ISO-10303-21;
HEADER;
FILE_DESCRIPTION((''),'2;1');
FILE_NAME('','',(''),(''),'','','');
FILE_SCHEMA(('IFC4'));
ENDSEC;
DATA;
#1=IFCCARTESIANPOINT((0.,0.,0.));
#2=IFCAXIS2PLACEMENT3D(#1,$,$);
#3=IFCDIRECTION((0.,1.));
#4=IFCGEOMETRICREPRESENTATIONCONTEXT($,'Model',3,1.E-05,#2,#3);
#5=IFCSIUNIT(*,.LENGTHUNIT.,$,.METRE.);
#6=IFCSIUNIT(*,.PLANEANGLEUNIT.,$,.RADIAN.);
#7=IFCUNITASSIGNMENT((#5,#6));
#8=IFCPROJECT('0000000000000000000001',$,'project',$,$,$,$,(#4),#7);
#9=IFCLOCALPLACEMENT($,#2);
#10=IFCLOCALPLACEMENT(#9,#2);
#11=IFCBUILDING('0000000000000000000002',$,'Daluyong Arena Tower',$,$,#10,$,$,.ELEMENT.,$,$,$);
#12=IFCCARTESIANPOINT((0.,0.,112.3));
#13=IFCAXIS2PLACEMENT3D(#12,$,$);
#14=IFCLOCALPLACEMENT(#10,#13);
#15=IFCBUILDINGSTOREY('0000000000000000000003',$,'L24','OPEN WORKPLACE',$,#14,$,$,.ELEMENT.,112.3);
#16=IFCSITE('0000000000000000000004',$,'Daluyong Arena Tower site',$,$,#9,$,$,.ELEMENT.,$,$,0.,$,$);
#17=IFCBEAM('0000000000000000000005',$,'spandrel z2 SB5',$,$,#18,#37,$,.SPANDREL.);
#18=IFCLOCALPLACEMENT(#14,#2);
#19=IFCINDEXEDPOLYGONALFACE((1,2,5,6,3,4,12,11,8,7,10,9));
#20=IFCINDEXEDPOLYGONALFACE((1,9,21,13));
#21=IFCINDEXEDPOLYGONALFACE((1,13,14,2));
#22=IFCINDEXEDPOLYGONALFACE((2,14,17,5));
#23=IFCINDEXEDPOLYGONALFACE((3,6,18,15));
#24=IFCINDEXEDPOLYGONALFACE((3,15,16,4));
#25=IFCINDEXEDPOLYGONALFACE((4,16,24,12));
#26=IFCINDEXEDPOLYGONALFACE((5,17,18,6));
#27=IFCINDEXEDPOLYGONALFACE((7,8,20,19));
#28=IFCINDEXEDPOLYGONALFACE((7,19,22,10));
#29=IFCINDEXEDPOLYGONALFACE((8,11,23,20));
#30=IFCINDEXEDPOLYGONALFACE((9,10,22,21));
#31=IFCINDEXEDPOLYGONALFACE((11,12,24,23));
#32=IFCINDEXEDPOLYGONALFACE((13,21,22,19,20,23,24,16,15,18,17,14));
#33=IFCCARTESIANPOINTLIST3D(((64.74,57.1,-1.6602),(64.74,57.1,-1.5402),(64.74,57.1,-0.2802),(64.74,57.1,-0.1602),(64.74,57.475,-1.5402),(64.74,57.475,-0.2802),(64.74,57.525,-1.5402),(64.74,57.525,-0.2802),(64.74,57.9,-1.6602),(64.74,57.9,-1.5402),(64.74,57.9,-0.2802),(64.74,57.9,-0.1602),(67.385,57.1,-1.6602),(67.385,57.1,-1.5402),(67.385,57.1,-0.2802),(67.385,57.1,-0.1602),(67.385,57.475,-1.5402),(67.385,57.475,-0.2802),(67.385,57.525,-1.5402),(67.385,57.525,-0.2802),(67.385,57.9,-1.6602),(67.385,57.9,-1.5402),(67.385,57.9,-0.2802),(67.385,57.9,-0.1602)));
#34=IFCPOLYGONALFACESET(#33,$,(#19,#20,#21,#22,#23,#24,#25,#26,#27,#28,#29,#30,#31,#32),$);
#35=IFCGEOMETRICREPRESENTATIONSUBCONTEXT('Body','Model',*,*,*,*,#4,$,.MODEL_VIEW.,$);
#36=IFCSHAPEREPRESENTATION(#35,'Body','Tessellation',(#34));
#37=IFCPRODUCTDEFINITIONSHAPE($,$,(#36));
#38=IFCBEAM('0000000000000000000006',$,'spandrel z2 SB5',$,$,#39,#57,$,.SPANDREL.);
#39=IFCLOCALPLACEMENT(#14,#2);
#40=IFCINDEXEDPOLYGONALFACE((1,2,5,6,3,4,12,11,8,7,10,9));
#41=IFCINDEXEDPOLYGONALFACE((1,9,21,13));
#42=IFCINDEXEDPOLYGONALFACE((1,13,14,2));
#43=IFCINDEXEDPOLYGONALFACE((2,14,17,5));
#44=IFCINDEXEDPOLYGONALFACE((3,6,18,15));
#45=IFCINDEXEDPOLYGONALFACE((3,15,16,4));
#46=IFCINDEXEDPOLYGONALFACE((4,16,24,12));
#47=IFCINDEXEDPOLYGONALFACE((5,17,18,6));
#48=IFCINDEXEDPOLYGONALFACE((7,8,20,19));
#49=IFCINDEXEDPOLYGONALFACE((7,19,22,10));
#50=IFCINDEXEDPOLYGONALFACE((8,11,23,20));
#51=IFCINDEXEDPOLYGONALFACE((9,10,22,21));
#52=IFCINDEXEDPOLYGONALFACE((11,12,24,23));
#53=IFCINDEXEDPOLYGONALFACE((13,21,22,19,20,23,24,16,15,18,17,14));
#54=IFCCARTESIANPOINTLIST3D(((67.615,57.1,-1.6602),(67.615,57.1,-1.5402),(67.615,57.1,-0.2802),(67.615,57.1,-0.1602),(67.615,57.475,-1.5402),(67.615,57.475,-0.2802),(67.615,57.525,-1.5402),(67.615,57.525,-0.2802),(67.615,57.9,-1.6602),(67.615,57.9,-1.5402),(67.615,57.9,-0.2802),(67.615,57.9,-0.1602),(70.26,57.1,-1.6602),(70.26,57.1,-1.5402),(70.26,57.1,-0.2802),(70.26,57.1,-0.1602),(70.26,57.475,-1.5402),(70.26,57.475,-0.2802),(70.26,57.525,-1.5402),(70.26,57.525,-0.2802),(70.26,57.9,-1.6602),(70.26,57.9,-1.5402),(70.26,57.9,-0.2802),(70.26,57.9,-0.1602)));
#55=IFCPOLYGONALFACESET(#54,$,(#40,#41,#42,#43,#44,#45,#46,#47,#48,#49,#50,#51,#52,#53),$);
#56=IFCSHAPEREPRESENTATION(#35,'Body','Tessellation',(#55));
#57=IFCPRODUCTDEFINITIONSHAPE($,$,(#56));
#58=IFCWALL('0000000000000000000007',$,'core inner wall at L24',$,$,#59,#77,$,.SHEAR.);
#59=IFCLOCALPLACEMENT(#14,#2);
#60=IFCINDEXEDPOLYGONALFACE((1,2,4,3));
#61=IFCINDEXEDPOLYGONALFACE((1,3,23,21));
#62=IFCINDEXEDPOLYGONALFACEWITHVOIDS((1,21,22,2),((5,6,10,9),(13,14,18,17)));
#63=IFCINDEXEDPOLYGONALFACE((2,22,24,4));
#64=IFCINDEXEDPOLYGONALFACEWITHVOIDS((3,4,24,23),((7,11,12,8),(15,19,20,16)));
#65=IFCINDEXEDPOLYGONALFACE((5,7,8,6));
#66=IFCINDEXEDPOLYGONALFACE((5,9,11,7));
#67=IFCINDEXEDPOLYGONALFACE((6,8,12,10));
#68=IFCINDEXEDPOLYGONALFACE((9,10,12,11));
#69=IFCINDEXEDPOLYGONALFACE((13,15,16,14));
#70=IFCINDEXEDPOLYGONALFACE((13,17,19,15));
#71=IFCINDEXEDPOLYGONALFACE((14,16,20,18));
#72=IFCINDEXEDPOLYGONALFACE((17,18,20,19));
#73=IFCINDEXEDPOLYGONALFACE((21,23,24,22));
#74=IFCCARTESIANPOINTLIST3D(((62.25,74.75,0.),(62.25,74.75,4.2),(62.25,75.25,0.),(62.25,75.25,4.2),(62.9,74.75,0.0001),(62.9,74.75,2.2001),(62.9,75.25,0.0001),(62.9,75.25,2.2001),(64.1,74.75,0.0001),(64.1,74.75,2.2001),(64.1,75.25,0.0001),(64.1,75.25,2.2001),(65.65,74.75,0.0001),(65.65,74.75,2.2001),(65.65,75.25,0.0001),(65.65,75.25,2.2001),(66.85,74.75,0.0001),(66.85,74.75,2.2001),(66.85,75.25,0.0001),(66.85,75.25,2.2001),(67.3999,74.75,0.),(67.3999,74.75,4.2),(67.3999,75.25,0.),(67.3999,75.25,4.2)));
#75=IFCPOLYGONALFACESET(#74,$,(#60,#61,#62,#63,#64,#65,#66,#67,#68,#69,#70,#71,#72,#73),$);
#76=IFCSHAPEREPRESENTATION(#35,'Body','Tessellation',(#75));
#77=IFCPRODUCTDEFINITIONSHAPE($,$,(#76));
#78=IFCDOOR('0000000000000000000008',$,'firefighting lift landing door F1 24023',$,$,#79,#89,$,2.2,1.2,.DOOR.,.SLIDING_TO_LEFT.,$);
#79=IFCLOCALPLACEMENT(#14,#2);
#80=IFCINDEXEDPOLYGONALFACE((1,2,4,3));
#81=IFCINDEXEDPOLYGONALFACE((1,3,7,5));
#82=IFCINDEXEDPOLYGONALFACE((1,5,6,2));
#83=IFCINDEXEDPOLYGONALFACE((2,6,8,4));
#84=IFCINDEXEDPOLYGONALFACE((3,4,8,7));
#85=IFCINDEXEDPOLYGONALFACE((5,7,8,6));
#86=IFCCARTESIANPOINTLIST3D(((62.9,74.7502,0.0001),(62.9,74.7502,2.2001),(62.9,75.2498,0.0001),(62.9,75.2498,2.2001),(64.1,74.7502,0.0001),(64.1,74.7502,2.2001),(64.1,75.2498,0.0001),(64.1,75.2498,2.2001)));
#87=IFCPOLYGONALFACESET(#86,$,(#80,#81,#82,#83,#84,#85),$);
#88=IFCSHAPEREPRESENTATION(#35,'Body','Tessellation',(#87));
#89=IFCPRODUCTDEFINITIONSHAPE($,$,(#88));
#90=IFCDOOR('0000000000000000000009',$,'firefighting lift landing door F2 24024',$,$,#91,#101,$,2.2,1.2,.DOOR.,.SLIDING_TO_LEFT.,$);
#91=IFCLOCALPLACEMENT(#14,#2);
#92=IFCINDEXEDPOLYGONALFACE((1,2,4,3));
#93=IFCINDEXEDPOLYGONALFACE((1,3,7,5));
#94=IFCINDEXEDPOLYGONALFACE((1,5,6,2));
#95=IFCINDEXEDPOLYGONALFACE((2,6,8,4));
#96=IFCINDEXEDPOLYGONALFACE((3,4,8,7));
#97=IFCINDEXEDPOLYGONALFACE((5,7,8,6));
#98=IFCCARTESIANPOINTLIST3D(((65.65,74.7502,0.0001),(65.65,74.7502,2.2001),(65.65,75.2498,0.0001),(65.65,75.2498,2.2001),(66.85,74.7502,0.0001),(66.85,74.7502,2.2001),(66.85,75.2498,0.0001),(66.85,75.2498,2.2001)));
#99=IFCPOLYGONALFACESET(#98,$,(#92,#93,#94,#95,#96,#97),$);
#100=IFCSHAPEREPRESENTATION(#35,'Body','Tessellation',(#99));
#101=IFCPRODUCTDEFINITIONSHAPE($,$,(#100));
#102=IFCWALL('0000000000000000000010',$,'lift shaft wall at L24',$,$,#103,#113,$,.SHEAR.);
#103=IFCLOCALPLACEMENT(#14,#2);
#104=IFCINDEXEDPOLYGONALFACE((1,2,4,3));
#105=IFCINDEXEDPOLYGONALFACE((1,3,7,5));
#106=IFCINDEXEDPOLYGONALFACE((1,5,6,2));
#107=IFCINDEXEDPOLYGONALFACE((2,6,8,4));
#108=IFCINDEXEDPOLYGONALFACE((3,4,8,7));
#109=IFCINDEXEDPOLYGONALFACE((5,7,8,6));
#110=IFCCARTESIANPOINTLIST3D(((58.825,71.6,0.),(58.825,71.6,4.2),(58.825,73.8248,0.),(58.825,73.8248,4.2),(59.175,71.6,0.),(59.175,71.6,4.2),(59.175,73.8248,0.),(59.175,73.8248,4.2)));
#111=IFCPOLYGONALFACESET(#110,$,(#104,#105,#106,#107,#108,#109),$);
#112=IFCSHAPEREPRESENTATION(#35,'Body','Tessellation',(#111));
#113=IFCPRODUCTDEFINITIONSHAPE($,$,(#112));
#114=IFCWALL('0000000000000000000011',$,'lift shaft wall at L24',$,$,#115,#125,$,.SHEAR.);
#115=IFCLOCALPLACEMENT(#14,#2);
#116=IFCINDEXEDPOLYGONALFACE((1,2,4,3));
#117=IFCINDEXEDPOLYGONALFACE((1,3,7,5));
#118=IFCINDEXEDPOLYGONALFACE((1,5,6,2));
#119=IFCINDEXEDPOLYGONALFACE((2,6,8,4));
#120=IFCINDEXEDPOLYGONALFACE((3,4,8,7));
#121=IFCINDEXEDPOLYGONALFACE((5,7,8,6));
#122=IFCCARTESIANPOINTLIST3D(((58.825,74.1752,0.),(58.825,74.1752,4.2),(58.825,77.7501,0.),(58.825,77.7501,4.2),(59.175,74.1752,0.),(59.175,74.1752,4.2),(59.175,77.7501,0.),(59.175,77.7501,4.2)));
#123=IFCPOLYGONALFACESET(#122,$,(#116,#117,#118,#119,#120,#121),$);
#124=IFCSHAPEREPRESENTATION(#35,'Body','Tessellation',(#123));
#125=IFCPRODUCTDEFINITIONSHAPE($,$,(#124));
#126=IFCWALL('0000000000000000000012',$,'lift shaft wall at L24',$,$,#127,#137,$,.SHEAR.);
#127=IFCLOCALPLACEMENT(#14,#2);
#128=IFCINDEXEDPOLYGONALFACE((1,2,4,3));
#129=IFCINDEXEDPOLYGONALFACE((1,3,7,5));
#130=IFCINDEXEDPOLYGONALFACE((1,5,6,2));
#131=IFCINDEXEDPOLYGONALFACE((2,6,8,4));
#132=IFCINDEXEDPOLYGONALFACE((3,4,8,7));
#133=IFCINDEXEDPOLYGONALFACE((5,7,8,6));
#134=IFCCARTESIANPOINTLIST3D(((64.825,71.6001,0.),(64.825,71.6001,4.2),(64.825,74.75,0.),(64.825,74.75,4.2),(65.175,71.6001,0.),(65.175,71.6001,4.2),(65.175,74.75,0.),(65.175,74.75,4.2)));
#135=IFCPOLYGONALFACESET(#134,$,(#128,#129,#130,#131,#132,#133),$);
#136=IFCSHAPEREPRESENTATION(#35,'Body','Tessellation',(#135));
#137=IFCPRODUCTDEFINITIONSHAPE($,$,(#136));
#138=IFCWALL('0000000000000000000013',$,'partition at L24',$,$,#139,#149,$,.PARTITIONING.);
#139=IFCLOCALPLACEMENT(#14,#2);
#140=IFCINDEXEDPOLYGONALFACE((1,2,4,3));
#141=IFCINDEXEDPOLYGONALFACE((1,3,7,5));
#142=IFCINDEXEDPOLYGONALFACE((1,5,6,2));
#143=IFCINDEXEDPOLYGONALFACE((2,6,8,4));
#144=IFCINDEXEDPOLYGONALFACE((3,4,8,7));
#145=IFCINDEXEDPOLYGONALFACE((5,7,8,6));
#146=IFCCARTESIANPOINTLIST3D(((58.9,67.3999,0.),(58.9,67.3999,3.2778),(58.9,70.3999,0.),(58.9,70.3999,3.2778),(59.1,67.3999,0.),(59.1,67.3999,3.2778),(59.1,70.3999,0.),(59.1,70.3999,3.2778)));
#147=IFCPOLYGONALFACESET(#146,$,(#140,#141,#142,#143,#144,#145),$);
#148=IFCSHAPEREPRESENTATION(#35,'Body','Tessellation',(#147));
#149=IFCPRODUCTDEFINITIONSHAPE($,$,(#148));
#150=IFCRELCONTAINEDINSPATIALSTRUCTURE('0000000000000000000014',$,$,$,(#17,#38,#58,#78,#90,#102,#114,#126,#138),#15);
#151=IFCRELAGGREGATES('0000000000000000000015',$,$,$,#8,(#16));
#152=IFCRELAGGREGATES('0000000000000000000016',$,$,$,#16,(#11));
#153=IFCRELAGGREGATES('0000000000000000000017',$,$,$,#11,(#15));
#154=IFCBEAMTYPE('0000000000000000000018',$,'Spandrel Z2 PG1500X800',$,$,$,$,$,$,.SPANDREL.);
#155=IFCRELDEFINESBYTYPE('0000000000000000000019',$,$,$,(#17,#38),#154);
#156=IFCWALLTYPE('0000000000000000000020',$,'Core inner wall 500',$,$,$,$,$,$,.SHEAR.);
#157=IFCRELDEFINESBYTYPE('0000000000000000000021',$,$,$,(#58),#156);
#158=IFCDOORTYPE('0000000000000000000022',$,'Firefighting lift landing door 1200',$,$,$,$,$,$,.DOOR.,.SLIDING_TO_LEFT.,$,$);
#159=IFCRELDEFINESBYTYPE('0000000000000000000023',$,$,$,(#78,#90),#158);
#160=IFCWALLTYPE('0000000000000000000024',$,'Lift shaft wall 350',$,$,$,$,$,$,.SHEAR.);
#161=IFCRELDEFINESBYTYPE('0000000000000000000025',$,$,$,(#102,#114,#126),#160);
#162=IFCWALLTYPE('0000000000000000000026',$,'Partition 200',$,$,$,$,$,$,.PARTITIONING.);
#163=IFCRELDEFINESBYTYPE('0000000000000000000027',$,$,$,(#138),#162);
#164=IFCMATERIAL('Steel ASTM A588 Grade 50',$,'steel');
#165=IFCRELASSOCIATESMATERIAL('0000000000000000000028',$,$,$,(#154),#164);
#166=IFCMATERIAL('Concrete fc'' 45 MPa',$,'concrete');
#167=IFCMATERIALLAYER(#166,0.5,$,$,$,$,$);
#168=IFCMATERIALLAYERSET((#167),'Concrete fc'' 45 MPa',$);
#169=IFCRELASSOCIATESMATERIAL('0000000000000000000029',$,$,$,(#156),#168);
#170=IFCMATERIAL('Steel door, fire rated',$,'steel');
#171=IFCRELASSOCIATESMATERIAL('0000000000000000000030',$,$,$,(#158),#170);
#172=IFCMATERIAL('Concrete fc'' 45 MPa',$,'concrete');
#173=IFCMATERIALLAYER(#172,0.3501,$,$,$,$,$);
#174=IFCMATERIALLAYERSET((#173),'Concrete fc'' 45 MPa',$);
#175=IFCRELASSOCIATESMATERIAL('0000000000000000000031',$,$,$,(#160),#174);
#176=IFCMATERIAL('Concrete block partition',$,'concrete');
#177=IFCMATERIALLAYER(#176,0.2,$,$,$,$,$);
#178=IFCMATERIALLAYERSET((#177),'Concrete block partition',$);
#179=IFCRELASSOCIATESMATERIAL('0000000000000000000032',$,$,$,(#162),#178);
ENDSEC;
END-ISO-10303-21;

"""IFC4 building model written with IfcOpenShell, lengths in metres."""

from ifc_helpers import new_model, si_unit, direction, frame, frame_2d, origin, origin_2d, place, context, subcontext, project, spatial, rectangle, i_section, extrude, material, layer, layer_set, material_profile, profile_set, type_object, element, fill, save


model = new_model("IFC4")

# Units and contexts
model_context = context("Model", 3, precision=1e-05, world=origin(), true_north=direction((0.0, 1.0)))
body_context = subcontext(model_context, "Body", "Model", "MODEL_VIEW")
ifc_project = project(units=[si_unit("LENGTHUNIT", "METRE"), si_unit("PLANEANGLEUNIT", "RADIAN")], contexts=[model_context])

# Site, building, storey
site_placement = place(None, origin())
site = spatial("IfcSite", under=ifc_project, at=site_placement, Name="Daluyong Arena Tower site", CompositionType="ELEMENT", RefElevation=0.0)
building_placement = place(site_placement, origin())
building = spatial("IfcBuilding", under=site, at=building_placement, Name="Daluyong Arena Tower", CompositionType="ELEMENT")
storey_placement = place(building_placement, frame((0.0, 0.0, 112.3)))
storey = spatial("IfcBuildingStorey", under=building, at=storey_placement, Name="L24", Description="OPEN WORKPLACE", CompositionType="ELEMENT", Elevation=112.3)

# Beams
ifc_material_1 = material(Name="Steel ASTM A588 Grade 50", Category="steel")
ifc_material_profile_1 = material_profile(ifc_material_1, i_section(OverallWidth=0.8, OverallDepth=1.5, WebThickness=0.05, FlangeThickness=0.12, at=origin_2d()))
ifc_profile_set_1 = profile_set([ifc_material_profile_1], Name="Steel ASTM A588 Grade 50")
beam_type_1 = type_object("IfcBeamType", Name="Spandrel Z2 PG1500X800", PredefinedType="SPANDREL", material=ifc_profile_set_1)
for number, where, z_axis, x_axis, name in (
    (1, (64.74, 57.5, -0.9102), (1.0, 0.0, 0.0), (0.0, 1.0, 0.0), "spandrel z2 SB5"),
    (2, (67.615, 57.5, -0.9102), (1.0, 0.0, 0.0), (0.0, 1.0, 0.0), "spandrel z2 SB5"),
):
    element("IfcBeam", number, at=place(storey_placement, frame(where, z_axis=z_axis, x_axis=x_axis)), inside=storey, type_object=beam_type_1, Name=name, PredefinedType="SPANDREL", context=body_context, shape_type="SweptSolid", body=[
        extrude(i_section(OverallWidth=0.8, OverallDepth=1.5, WebThickness=0.05, FlangeThickness=0.12, at=origin_2d()), origin(), (0.0, 0.0, 1.0), 2.645),
    ])

# Shared definitions
ifc_material_2 = material(Name="Concrete fc' 45 MPa", Category="concrete")
ifc_layer_1 = layer(ifc_material_2, 0.5)
ifc_layer_set_1 = layer_set([ifc_layer_1], Name="Concrete fc' 45 MPa")
wall_type_1 = type_object("IfcWallType", Name="Core inner wall 500", PredefinedType="SHEAR", material=ifc_layer_set_1)

# Wall, openings, doors
wall_1_placement = place(storey_placement, frame((62.25, 75.0, 0.0), z_axis=(0.0, 0.0, 1.0), x_axis=(1.0, 0.0, 0.0)))
wall_1 = element("IfcWall", 3, at=wall_1_placement, inside=storey, type_object=wall_type_1, Name="core inner wall at L24", PredefinedType="SHEAR", context=body_context, shape_type="SweptSolid", body=[
    extrude(rectangle(XDim=5.1499, YDim=0.5, at=frame_2d((2.575, 0.0))), origin(), (0.0, 0.0, 1.0), 4.2),
])
opening_1_placement = place(wall_1_placement, frame((0.6499, 0.0, 0.0)))
opening_1 = element("IfcOpeningElement", 4, at=opening_1_placement, cuts=wall_1, PredefinedType="OPENING", context=body_context, shape_type="SweptSolid", body=[
    extrude(rectangle(XDim=1.2, YDim=2.2, at=frame_2d((0.6001, 1.1001))), frame((0.0, 0.26, 0.0), z_axis=(0.0, -1.0, 0.0), x_axis=(1.0, 0.0, 0.0)), (0.0, 0.0, 1.0), 0.52),
])
opening_2_placement = place(wall_1_placement, frame((3.3999, 0.0, 0.0)))
opening_2 = element("IfcOpeningElement", 5, at=opening_2_placement, cuts=wall_1, PredefinedType="OPENING", context=body_context, shape_type="SweptSolid", body=[
    extrude(rectangle(XDim=1.2, YDim=2.2, at=frame_2d((0.6001, 1.1001))), frame((0.0, 0.26, 0.0), z_axis=(0.0, -1.0, 0.0), x_axis=(1.0, 0.0, 0.0)), (0.0, 0.0, 1.0), 0.52),
])
ifc_material_3 = material(Name="Steel door, fire rated", Category="steel")
door_type_1 = type_object("IfcDoorType", Name="Firefighting lift landing door 1200", OperationType="SLIDING_TO_LEFT", PredefinedType="DOOR", material=ifc_material_3)
door_1_placement = place(opening_1_placement, origin())
door_1 = element("IfcDoor", 6, at=door_1_placement, inside=storey, type_object=door_type_1, Name="firefighting lift landing door F1 24023", OperationType="SLIDING_TO_LEFT", OverallHeight=2.2, OverallWidth=1.2, PredefinedType="DOOR", context=body_context, shape_type="SweptSolid", body=[
    extrude(rectangle(XDim=1.2, YDim=2.2, at=frame_2d((0.6001, 1.1001))), frame((0.0, 0.2498, 0.0), z_axis=(0.0, -1.0, 0.0), x_axis=(1.0, 0.0, 0.0)), (0.0, 0.0, 1.0), 0.4995),
])
fill(opening_1, door_1)
door_2_placement = place(opening_2_placement, origin())
door_2 = element("IfcDoor", 7, at=door_2_placement, inside=storey, type_object=door_type_1, Name="firefighting lift landing door F2 24024", OperationType="SLIDING_TO_LEFT", OverallHeight=2.2, OverallWidth=1.2, PredefinedType="DOOR", context=body_context, shape_type="SweptSolid", body=[
    extrude(rectangle(XDim=1.2, YDim=2.2, at=frame_2d((0.6001, 1.1001))), frame((0.0, 0.2498, 0.0), z_axis=(0.0, -1.0, 0.0), x_axis=(1.0, 0.0, 0.0)), (0.0, 0.0, 1.0), 0.4995),
])
fill(opening_2, door_2)

# Walls
ifc_material_4 = material(Name="Concrete fc' 45 MPa", Category="concrete")
ifc_layer_2 = layer(ifc_material_4, 0.3501)
ifc_layer_set_2 = layer_set([ifc_layer_2], Name="Concrete fc' 45 MPa")
wall_type_2 = type_object("IfcWallType", Name="Lift shaft wall 350", PredefinedType="SHEAR", material=ifc_layer_set_2)
wall_2_placement = place(storey_placement, frame((59.0, 71.6001, 0.0), z_axis=(0.0, 0.0, 1.0), x_axis=(0.0, 1.0, 0.0)))
element("IfcWall", 8, at=wall_2_placement, inside=storey, type_object=wall_type_2, Name="lift shaft wall at L24", PredefinedType="SHEAR", context=body_context, shape_type="SweptSolid", body=[
    extrude(rectangle(XDim=2.2249, YDim=0.3501, at=frame_2d((1.1123, 0.0))), origin(), (0.0, 0.0, 1.0), 4.2),
])
wall_3_placement = place(storey_placement, frame((59.0, 74.175, 0.0), z_axis=(0.0, 0.0, 1.0), x_axis=(0.0, 1.0, 0.0)))
element("IfcWall", 9, at=wall_3_placement, inside=storey, type_object=wall_type_2, Name="lift shaft wall at L24", PredefinedType="SHEAR", context=body_context, shape_type="SweptSolid", body=[
    extrude(rectangle(XDim=3.575, YDim=0.3501, at=frame_2d((1.7876, 0.0))), origin(), (0.0, 0.0, 1.0), 4.2),
])
wall_4_placement = place(storey_placement, frame((65.0, 71.6001, 0.0), z_axis=(0.0, 0.0, 1.0), x_axis=(0.0, 1.0, 0.0)))
element("IfcWall", 10, at=wall_4_placement, inside=storey, type_object=wall_type_2, Name="lift shaft wall at L24", PredefinedType="SHEAR", context=body_context, shape_type="SweptSolid", body=[
    extrude(rectangle(XDim=3.1499, YDim=0.3501, at=frame_2d((1.575, 0.0))), origin(), (0.0, 0.0, 1.0), 4.2),
])
ifc_material_5 = material(Name="Concrete block partition", Category="concrete")
ifc_layer_3 = layer(ifc_material_5, 0.2)
ifc_layer_set_3 = layer_set([ifc_layer_3], Name="Concrete block partition")
wall_type_3 = type_object("IfcWallType", Name="Partition 200", PredefinedType="PARTITIONING", material=ifc_layer_set_3)
wall_5_placement = place(storey_placement, frame((59.0, 67.3999, 0.0), z_axis=(0.0, 0.0, 1.0), x_axis=(0.0, 1.0, 0.0)))
element("IfcWall", 11, at=wall_5_placement, inside=storey, type_object=wall_type_3, Name="partition at L24", PredefinedType="PARTITIONING", context=body_context, shape_type="SweptSolid", body=[
    extrude(rectangle(XDim=3.0, YDim=0.2, at=frame_2d((1.5, 0.0))), origin(), (0.0, 0.0, 1.0), 3.2778),
])

save(model, "model.ifc")
